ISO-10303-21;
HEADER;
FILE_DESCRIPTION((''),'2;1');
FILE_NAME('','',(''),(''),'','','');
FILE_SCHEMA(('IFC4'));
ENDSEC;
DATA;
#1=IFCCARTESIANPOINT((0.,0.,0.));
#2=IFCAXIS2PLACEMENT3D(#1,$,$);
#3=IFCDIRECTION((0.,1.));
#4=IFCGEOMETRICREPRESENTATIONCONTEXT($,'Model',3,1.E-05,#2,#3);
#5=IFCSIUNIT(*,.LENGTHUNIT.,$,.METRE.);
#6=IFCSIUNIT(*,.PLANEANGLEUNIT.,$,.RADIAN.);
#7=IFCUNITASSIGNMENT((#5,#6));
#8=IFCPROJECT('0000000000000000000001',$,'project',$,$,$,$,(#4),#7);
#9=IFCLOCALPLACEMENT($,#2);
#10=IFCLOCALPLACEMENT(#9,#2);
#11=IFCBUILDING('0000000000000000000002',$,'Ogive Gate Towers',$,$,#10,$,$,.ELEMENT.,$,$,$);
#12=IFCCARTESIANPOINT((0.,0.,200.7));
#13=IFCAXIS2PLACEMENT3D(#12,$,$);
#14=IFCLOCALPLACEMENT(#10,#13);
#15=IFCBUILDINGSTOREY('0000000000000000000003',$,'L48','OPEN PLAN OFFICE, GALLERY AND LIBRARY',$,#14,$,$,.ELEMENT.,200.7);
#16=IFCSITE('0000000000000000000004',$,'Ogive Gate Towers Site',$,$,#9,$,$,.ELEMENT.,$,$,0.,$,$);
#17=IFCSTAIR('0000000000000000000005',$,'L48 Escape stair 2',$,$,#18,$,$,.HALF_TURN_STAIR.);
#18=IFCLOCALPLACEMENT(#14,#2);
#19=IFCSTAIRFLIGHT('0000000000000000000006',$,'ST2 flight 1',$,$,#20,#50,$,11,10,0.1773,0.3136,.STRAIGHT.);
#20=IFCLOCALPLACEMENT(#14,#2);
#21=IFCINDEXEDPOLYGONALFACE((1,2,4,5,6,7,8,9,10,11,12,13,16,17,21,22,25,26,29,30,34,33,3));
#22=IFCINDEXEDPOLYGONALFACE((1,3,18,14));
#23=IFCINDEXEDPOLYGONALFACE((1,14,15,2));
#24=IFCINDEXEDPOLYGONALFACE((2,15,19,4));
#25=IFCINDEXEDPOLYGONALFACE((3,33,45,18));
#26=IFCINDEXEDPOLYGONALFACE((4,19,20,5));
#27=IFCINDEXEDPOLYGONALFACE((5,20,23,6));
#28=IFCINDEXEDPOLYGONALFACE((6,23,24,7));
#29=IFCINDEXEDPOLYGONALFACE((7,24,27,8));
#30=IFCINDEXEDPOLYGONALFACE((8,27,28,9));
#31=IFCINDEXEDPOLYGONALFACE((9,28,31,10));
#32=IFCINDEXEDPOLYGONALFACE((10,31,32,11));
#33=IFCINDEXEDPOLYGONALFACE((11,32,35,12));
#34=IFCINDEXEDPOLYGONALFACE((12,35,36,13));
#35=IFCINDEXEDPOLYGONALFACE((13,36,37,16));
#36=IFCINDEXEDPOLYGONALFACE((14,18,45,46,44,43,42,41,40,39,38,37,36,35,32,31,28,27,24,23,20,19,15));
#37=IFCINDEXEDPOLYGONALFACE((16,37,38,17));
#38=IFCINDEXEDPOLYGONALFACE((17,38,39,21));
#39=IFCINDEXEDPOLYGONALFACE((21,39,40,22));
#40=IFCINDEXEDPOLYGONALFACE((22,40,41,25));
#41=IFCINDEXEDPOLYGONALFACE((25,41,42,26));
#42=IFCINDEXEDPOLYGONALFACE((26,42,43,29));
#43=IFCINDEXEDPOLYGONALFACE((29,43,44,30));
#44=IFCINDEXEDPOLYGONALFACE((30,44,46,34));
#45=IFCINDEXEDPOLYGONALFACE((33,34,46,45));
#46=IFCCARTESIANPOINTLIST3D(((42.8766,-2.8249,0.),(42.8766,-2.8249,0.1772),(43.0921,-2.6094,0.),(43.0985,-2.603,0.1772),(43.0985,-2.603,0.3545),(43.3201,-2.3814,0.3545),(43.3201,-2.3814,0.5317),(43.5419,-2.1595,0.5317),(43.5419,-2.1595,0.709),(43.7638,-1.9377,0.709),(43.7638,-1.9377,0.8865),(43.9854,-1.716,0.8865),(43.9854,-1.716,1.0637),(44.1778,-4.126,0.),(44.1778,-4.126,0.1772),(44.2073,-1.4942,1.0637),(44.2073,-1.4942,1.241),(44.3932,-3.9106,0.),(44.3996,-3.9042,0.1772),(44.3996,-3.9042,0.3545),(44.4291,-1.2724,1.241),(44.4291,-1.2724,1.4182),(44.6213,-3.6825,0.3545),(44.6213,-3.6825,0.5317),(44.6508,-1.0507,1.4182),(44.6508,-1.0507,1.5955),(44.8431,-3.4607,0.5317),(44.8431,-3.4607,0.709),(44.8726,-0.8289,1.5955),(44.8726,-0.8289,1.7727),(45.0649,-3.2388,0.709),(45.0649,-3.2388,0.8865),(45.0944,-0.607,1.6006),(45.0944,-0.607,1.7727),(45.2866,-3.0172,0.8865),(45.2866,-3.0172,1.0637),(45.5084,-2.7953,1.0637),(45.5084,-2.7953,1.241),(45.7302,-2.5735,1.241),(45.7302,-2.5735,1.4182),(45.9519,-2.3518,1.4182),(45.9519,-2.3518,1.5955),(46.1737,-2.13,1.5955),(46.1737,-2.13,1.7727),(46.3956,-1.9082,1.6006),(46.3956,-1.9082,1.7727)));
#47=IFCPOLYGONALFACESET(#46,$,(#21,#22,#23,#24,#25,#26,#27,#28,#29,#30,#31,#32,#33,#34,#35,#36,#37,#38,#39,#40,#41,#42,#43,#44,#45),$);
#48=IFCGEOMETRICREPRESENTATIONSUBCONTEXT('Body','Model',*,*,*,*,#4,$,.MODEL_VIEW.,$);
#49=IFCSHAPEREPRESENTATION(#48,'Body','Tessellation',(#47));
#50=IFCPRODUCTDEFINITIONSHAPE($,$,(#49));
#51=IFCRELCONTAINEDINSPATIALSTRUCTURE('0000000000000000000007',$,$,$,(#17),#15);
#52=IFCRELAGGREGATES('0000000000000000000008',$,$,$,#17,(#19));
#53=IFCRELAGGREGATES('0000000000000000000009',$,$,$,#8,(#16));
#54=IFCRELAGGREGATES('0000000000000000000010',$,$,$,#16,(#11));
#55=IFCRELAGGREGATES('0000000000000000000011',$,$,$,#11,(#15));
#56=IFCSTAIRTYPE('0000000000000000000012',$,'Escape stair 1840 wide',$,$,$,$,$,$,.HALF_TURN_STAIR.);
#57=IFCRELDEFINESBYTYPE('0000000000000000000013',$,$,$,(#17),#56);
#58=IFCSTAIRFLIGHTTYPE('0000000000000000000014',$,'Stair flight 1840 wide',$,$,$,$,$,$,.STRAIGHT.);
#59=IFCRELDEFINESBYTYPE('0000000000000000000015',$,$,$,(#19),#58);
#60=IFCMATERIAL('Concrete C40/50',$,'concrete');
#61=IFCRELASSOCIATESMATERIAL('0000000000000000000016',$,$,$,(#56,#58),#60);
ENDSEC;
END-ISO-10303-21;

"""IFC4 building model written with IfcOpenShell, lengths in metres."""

from ifc_helpers import new_model, si_unit, direction, frame, origin, place, context, subcontext, project, spatial, polyline, outline, extrude, material, type_object, element, aggregate, save


model = new_model("IFC4")

# Units and contexts
model_context = context("Model", 3, precision=1e-05, world=origin(), true_north=direction((0.0, 1.0)))
body_context = subcontext(model_context, "Body", "Model", "MODEL_VIEW")
ifc_project = project(units=[si_unit("LENGTHUNIT", "METRE"), si_unit("PLANEANGLEUNIT", "RADIAN")], contexts=[model_context])

# Site, building, storey
site_placement = place(None, origin())
site = spatial("IfcSite", under=ifc_project, at=site_placement, Name="Ogive Gate Towers Site", CompositionType="ELEMENT", RefElevation=0.0)
building_placement = place(site_placement, origin())
building = spatial("IfcBuilding", under=site, at=building_placement, Name="Ogive Gate Towers", CompositionType="ELEMENT")
storey_placement = place(building_placement, frame((0.0, 0.0, 200.7)))
storey = spatial("IfcBuildingStorey", under=building, at=storey_placement, Name="L48", Description="OPEN PLAN OFFICE, GALLERY AND LIBRARY", CompositionType="ELEMENT", Elevation=200.7)

# Stair, stair flight
ifc_material_1 = material(Name="Concrete C40/50", Category="concrete")
stair_type = type_object("IfcStairType", Name="Escape stair 1840 wide", PredefinedType="HALF_TURN_STAIR", material=ifc_material_1)
stair_placement = place(storey_placement, origin())
stair = element("IfcStair", 1, at=stair_placement, inside=storey, type_object=stair_type, Name="L48 Escape stair 2", PredefinedType="HALF_TURN_STAIR")
stair_flight_type = type_object("IfcStairFlightType", Name="Stair flight 1840 wide", PredefinedType="STRAIGHT", material=ifc_material_1)
stair_flight_placement = place(storey_placement, frame((43.5271, -3.4753, 0.0), z_axis=(0.0, 0.0, 1.0), x_axis=(0.707107, 0.707107, 0.0)))
stair_flight = element("IfcStairFlight", 2, at=stair_flight_placement, type_object=stair_flight_type, Name="ST2 flight 1", NumberOfRisers=11, NumberOfTreads=10, PredefinedType="STRAIGHT", RiserHeight=0.1773, TreadLength=0.3136, context=body_context, shape_type="SweptSolid", body=[
    extrude(outline(polyline([(0.0, 0.0), (0.0, 0.1772), (0.3137, 0.1772), (0.3137, 0.3545), (0.6272, 0.3545), (0.6272, 0.5317), (0.9409, 0.5317), (0.9409, 0.709), (1.2546, 0.709), (1.2546, 0.8865), (1.5681, 0.8865), (1.5681, 1.0637), (1.8818, 1.0637), (1.8818, 1.241), (2.1956, 1.241), (2.1956, 1.4182), (2.509, 1.4182), (2.509, 1.5955), (2.8228, 1.5955), (2.8228, 1.7727), (3.1365, 1.7727), (3.1365, 1.95), (3.1365, 1.6006), (0.3047, 0.0), (0.0, 0.0)])), frame((0.0, 0.9199, 0.0), z_axis=(0.0, -1.0, 0.0), x_axis=(1.0, 0.0, 0.0)), (0.0, 0.0, 1.0), 1.8401),
])
aggregate(stair, [stair_flight])

save(model, "model.ifc")
